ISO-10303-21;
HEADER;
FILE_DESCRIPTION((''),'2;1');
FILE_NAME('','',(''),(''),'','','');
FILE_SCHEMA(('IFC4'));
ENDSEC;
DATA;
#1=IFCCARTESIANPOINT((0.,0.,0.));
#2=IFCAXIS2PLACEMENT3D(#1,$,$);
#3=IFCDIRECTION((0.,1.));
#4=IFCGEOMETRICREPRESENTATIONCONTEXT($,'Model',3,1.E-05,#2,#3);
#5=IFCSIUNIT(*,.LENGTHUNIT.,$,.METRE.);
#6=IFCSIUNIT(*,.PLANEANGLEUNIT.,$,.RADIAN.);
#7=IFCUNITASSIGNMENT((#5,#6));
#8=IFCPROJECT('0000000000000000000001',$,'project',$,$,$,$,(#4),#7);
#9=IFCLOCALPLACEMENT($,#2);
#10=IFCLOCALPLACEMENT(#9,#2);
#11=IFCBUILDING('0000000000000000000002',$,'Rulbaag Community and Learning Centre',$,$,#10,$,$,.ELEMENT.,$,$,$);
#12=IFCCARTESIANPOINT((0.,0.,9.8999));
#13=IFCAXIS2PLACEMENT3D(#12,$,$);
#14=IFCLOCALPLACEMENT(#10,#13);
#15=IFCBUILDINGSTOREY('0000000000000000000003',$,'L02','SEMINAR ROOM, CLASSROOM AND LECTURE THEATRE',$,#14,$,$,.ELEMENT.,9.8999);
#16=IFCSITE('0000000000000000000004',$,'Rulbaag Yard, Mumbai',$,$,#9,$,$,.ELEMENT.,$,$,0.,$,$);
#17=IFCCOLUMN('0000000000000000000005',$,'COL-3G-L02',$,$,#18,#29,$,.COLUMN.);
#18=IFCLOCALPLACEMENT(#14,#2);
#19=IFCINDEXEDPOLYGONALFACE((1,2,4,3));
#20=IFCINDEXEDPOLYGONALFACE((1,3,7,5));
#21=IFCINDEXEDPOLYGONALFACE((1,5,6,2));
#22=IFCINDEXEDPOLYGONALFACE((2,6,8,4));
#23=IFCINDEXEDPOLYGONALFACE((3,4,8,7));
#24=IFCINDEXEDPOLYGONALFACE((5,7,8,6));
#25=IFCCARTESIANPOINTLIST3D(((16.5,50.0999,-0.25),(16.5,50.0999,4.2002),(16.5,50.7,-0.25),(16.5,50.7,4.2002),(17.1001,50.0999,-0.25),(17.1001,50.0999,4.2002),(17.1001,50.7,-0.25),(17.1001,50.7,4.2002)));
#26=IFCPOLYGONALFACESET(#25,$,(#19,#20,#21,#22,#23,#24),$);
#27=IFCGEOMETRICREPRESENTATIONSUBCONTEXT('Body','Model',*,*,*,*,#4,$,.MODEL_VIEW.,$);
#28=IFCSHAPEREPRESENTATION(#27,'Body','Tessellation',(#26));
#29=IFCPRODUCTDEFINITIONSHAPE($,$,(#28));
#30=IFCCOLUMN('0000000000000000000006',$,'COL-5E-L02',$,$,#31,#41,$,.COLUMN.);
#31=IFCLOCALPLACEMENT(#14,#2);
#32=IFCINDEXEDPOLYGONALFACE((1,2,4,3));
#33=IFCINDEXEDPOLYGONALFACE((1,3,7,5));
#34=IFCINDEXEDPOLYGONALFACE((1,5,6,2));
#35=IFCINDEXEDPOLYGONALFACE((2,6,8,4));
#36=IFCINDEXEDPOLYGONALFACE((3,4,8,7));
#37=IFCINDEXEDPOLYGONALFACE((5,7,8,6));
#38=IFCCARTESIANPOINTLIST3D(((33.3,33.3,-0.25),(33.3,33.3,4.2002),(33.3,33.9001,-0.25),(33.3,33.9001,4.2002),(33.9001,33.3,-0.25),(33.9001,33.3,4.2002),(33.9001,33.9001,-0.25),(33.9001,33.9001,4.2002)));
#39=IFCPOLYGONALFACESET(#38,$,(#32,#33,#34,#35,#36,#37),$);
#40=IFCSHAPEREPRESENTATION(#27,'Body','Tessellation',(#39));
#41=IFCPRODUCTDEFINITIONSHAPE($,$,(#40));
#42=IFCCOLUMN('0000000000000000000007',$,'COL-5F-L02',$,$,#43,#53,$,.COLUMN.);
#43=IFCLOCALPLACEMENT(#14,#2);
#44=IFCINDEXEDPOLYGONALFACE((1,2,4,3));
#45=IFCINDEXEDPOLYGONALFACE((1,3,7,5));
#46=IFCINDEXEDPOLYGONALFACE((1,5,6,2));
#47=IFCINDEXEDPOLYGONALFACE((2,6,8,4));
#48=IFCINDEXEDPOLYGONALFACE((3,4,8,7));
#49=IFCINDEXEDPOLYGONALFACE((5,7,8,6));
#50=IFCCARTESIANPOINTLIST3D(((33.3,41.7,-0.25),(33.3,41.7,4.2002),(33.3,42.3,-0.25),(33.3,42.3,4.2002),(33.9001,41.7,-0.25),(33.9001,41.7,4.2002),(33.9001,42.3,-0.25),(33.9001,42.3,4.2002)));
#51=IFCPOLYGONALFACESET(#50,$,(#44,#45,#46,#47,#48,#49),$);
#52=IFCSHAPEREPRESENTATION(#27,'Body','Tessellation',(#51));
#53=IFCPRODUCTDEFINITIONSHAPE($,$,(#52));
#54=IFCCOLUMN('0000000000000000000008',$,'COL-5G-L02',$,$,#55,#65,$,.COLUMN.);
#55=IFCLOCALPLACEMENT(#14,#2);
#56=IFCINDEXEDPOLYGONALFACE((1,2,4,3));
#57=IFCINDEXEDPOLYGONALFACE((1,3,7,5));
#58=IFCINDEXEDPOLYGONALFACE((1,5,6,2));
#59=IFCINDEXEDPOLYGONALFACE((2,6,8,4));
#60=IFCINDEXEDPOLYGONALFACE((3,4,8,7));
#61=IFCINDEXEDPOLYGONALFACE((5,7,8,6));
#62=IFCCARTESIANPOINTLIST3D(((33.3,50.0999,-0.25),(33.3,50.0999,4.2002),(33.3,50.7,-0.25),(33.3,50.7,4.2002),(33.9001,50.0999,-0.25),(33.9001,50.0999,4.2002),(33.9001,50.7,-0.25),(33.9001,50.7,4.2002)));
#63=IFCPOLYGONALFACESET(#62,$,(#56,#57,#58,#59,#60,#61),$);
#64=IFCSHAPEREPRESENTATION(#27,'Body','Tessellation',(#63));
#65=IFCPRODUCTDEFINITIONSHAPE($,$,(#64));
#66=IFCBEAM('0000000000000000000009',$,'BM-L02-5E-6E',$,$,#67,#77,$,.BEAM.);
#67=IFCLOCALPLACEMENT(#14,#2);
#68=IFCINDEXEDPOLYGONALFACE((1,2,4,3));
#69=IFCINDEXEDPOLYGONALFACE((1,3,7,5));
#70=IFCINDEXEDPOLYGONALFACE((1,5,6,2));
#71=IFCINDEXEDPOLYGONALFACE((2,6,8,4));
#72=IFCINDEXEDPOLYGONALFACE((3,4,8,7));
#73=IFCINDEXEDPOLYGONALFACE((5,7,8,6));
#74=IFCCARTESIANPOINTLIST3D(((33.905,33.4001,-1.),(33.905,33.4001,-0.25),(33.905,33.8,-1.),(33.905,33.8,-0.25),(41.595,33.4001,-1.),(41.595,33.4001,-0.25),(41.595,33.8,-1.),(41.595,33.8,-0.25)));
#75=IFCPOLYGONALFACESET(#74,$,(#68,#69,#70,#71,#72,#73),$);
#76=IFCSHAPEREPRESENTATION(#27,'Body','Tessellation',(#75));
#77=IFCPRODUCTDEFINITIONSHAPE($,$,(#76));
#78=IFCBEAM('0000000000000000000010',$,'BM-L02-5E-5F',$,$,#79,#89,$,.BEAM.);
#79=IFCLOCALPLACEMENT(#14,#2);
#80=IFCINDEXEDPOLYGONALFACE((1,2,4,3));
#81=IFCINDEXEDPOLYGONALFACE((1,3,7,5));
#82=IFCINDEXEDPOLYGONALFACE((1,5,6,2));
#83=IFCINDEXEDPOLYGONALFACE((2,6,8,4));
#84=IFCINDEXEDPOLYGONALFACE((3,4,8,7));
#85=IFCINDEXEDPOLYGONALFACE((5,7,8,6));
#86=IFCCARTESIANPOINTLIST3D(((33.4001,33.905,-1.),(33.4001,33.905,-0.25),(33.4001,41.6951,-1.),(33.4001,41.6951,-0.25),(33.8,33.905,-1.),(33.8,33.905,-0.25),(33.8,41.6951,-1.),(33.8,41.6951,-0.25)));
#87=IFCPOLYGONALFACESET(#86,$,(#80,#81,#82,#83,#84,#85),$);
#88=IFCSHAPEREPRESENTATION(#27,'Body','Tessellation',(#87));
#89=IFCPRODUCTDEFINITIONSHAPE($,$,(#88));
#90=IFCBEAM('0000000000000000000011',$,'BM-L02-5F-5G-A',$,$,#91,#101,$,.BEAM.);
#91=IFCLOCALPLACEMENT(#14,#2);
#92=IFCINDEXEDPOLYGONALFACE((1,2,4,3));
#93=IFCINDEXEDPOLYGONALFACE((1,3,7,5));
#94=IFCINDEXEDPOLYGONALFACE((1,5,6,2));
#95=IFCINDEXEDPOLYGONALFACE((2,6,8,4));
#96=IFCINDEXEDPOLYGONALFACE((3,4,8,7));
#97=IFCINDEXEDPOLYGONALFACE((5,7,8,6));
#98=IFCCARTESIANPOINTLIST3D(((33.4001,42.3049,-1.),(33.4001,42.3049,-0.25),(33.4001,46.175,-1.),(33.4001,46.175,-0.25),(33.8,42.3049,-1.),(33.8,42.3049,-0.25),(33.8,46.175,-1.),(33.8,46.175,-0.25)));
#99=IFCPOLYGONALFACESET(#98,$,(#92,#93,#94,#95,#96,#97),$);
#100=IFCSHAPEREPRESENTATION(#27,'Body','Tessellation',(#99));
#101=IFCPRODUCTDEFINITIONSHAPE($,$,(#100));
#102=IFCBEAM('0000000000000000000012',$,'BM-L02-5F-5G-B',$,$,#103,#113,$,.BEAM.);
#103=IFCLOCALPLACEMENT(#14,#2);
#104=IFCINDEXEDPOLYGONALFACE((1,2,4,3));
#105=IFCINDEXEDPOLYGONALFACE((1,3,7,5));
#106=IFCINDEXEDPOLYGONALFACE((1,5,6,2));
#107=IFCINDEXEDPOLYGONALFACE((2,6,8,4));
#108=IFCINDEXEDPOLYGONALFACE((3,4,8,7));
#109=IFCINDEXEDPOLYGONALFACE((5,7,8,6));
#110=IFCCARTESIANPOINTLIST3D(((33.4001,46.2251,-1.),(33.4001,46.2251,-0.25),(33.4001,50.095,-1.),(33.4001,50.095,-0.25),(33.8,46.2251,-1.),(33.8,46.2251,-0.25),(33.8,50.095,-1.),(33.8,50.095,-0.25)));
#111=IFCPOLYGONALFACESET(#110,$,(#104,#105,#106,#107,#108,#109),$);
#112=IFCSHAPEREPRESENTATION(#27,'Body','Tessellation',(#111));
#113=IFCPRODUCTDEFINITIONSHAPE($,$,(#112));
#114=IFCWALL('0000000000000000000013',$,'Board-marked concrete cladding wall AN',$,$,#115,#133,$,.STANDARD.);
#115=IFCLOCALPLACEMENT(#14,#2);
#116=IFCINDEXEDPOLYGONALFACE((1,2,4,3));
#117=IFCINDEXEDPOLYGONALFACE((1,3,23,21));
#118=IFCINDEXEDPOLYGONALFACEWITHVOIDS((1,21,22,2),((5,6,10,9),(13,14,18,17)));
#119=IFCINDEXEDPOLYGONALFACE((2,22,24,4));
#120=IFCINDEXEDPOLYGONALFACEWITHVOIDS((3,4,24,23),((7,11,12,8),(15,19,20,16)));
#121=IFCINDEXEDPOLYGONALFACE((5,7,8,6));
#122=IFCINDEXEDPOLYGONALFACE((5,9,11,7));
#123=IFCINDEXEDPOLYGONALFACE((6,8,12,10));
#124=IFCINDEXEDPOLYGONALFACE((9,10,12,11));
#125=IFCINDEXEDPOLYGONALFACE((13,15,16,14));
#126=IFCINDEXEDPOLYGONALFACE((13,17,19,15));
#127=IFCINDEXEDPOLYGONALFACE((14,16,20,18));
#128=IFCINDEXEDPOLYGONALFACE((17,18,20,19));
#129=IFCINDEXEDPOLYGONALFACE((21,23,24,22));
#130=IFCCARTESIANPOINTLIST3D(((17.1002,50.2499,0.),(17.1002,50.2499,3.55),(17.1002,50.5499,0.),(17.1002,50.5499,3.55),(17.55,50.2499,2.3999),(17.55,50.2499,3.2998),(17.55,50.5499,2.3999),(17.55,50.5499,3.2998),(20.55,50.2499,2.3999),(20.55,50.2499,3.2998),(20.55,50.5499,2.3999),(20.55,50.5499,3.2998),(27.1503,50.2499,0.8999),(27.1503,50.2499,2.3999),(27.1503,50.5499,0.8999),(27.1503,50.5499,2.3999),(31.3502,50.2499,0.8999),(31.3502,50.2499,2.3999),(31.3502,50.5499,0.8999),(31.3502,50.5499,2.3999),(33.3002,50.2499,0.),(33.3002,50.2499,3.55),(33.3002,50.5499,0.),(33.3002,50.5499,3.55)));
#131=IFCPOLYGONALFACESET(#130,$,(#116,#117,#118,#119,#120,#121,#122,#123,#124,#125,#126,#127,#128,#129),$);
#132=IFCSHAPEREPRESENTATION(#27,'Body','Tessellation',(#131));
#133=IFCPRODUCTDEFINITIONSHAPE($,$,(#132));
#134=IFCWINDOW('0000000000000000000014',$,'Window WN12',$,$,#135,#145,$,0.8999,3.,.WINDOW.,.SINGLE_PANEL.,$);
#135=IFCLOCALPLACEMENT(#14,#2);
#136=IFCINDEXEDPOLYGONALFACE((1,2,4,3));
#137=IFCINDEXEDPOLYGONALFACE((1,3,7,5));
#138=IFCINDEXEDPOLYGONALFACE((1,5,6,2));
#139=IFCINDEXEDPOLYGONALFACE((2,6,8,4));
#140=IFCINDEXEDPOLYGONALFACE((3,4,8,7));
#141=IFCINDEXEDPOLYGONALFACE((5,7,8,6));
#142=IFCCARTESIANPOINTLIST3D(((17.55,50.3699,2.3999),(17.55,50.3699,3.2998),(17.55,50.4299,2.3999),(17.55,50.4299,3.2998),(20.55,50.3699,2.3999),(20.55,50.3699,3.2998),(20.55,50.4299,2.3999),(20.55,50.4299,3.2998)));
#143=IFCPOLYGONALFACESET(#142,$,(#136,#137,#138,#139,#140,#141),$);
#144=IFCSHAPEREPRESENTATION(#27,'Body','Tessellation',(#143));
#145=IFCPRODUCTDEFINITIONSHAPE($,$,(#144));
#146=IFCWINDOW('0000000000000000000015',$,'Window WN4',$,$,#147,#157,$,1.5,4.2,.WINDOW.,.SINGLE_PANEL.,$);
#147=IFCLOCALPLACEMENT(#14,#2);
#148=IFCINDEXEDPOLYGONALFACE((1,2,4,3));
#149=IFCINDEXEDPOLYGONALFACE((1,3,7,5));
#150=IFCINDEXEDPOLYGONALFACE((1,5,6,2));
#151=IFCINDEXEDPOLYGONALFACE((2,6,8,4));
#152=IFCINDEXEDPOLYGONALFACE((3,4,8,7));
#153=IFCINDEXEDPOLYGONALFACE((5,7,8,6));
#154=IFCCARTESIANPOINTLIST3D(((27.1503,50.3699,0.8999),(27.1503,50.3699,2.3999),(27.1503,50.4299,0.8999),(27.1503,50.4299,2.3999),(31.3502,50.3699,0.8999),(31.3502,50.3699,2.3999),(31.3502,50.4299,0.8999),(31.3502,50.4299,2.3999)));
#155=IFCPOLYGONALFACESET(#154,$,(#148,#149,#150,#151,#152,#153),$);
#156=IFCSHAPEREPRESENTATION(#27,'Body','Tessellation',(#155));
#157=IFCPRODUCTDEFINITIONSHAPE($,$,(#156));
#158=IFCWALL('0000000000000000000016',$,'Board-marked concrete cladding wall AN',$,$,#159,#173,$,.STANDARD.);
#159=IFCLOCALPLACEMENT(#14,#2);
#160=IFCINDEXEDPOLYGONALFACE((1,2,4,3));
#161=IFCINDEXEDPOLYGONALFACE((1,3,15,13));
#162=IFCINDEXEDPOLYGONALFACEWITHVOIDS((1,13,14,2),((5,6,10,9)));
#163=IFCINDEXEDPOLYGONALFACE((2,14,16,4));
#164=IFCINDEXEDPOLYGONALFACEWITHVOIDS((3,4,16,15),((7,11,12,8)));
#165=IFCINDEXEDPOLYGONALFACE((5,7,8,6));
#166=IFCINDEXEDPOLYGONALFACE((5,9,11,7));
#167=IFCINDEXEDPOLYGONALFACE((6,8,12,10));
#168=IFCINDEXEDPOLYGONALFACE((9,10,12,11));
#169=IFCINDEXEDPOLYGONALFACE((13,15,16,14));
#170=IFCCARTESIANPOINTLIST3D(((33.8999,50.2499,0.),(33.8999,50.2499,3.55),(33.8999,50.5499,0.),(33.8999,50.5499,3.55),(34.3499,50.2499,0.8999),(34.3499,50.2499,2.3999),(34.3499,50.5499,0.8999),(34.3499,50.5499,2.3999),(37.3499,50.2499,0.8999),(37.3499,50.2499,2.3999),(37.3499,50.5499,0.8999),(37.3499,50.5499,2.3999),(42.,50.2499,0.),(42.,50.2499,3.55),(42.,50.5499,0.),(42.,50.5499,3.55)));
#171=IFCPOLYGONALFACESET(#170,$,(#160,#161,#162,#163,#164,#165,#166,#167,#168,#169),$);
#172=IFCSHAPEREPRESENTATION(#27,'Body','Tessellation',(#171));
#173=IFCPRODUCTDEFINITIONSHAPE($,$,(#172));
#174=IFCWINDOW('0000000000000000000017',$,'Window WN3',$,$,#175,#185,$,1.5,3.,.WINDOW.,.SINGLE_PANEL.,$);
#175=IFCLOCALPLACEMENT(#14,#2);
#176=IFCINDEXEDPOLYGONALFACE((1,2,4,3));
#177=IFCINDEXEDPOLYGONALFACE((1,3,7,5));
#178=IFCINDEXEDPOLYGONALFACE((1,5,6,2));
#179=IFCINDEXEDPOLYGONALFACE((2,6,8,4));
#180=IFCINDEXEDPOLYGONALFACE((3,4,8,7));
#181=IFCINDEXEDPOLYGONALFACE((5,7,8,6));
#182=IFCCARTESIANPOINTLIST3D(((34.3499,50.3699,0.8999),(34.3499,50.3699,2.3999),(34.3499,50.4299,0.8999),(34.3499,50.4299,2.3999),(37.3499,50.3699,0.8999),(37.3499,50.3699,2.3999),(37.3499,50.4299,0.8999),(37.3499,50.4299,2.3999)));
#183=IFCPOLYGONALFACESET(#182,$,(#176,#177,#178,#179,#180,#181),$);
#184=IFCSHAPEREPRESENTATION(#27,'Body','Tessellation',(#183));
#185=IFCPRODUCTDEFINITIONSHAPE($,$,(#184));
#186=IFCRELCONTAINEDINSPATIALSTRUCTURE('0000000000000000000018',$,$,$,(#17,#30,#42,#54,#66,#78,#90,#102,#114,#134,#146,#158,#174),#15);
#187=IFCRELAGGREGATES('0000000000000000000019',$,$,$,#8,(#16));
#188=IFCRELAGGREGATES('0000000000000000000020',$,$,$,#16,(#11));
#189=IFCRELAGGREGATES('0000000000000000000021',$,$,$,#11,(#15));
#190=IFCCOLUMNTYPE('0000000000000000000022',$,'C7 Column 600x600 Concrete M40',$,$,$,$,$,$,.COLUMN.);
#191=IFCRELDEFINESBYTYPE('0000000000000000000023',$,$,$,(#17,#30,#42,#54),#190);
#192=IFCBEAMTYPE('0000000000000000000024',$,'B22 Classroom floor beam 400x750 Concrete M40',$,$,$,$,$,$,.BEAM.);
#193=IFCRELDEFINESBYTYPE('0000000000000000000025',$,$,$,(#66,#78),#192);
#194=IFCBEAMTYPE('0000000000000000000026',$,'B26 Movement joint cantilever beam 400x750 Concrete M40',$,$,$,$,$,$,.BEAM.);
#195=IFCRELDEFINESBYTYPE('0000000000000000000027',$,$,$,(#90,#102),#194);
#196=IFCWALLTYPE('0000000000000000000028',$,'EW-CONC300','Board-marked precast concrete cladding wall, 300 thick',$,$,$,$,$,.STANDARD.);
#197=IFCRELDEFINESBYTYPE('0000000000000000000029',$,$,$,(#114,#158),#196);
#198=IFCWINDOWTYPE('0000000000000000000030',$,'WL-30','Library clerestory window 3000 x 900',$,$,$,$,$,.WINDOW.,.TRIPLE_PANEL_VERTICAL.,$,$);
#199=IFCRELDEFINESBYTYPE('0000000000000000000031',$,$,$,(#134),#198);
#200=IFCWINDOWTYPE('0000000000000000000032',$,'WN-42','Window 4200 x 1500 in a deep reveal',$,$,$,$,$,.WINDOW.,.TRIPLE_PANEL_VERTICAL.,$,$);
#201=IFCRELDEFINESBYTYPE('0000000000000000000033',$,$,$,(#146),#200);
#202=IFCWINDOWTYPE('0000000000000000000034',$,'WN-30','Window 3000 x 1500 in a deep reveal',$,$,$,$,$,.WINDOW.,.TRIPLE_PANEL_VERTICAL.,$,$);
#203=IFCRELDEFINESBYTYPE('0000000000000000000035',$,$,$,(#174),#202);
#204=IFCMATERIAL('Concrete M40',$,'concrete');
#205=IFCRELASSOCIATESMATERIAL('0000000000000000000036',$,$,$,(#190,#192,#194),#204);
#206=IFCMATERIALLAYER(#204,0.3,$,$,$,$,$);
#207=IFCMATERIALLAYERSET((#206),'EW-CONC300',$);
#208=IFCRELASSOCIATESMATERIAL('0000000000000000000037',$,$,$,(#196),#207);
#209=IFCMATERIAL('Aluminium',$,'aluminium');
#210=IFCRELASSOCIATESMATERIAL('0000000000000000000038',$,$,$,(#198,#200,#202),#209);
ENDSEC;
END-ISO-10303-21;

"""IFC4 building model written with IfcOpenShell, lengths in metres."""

from ifc_helpers import new_model, si_unit, direction, frame, frame_2d, origin, origin_2d, place, context, subcontext, project, spatial, rectangle, extrude, material, layer, layer_set, material_profile, profile_set, type_object, element, fill, save


model = new_model("IFC4")

# Units and contexts
model_context = context("Model", 3, precision=1e-05, world=origin(), true_north=direction((0.0, 1.0)))
body_context = subcontext(model_context, "Body", "Model", "MODEL_VIEW")
ifc_project = project(units=[si_unit("LENGTHUNIT", "METRE"), si_unit("PLANEANGLEUNIT", "RADIAN")], contexts=[model_context])

# Site, building, storey
site_placement = place(None, origin())
site = spatial("IfcSite", under=ifc_project, at=site_placement, Name="Rulbaag Yard, Mumbai", CompositionType="ELEMENT", RefElevation=0.0)
building_placement = place(site_placement, origin())
building = spatial("IfcBuilding", under=site, at=building_placement, Name="Rulbaag Community and Learning Centre", CompositionType="ELEMENT")
storey_placement = place(building_placement, frame((0.0, 0.0, 9.8999)))
storey = spatial("IfcBuildingStorey", under=building, at=storey_placement, Name="L02", Description="SEMINAR ROOM, CLASSROOM AND LECTURE THEATRE", CompositionType="ELEMENT", Elevation=9.8999)

# Columns
ifc_material_1 = material(Name="Concrete M40", Category="concrete")
ifc_material_profile_1 = material_profile(ifc_material_1, rectangle(XDim=0.6001, YDim=0.6001, at=origin_2d()), Name="RC600x600")
ifc_profile_set_1 = profile_set([ifc_material_profile_1], Name="Concrete M40")
column_type = type_object("IfcColumnType", Name="C7 Column 600x600 Concrete M40", PredefinedType="COLUMN", material=ifc_profile_set_1)
for number, where, z_axis, x_axis, name in (
    (1, (16.8, 50.3999, -0.25), (0.0, 0.0, 1.0), (1.0, 0.0, 0.0), "COL-3G-L02"),
    (2, (33.6001, 33.6001, -0.25), (0.0, 0.0, 1.0), (1.0, 0.0, 0.0), "COL-5E-L02"),
    (3, (33.6001, 42.0, -0.25), (0.0, 0.0, 1.0), (1.0, 0.0, 0.0), "COL-5F-L02"),
    (4, (33.6001, 50.3999, -0.25), (0.0, 0.0, 1.0), (1.0, 0.0, 0.0), "COL-5G-L02"),
):
    element("IfcColumn", number, at=place(storey_placement, frame(where, z_axis=z_axis, x_axis=x_axis)), inside=storey, type_object=column_type, Name=name, PredefinedType="COLUMN", context=body_context, shape_type="SweptSolid", body=[
        extrude(rectangle(XDim=0.6001, YDim=0.6001, at=origin_2d()), origin(), (0.0, 0.0, 1.0), 4.4502),
    ])

# Beams
ifc_material_profile_2 = material_profile(ifc_material_1, rectangle(XDim=0.3999, YDim=0.75, at=origin_2d()), Name="RB400x750")
ifc_profile_set_2 = profile_set([ifc_material_profile_2], Name="Concrete M40")
beam_type_1 = type_object("IfcBeamType", Name="B22 Classroom floor beam 400x750 Concrete M40", PredefinedType="BEAM", material=ifc_profile_set_2)
beam_1_placement = place(storey_placement, frame((33.905, 33.6001, -0.625), z_axis=(1.0, 0.0, 0.0), x_axis=(0.0, 1.0, 0.0)))
element("IfcBeam", 5, at=beam_1_placement, inside=storey, type_object=beam_type_1, Name="BM-L02-5E-6E", PredefinedType="BEAM", context=body_context, shape_type="SweptSolid", body=[
    extrude(rectangle(XDim=0.3999, YDim=0.75, at=origin_2d()), origin(), (0.0, 0.0, 1.0), 7.6899),
])
beam_2_placement = place(storey_placement, frame((33.6001, 33.905, -0.625), z_axis=(0.0, 1.0, 0.0), x_axis=(-1.0, 0.0, 0.0)))
element("IfcBeam", 6, at=beam_2_placement, inside=storey, type_object=beam_type_1, Name="BM-L02-5E-5F", PredefinedType="BEAM", context=body_context, shape_type="SweptSolid", body=[
    extrude(rectangle(XDim=0.3999, YDim=0.75, at=origin_2d()), origin(), (0.0, 0.0, 1.0), 7.79),
])
ifc_material_profile_3 = material_profile(ifc_material_1, rectangle(XDim=0.3999, YDim=0.75, at=origin_2d()), Name="RB400x750")
ifc_profile_set_3 = profile_set([ifc_material_profile_3], Name="Concrete M40")
beam_type_2 = type_object("IfcBeamType", Name="B26 Movement joint cantilever beam 400x750 Concrete M40", PredefinedType="BEAM", material=ifc_profile_set_3)
beam_3_placement = place(storey_placement, frame((33.6001, 42.3049, -0.625), z_axis=(0.0, 1.0, 0.0), x_axis=(-1.0, 0.0, 0.0)))
element("IfcBeam", 7, at=beam_3_placement, inside=storey, type_object=beam_type_2, Name="BM-L02-5F-5G-A", PredefinedType="BEAM", context=body_context, shape_type="SweptSolid", body=[
    extrude(rectangle(XDim=0.3999, YDim=0.75, at=origin_2d()), origin(), (0.0, 0.0, 1.0), 3.8701),
])
beam_4_placement = place(storey_placement, frame((33.6001, 46.2251, -0.625), z_axis=(0.0, 1.0, 0.0), x_axis=(-1.0, 0.0, 0.0)))
element("IfcBeam", 8, at=beam_4_placement, inside=storey, type_object=beam_type_2, Name="BM-L02-5F-5G-B", PredefinedType="BEAM", context=body_context, shape_type="SweptSolid", body=[
    extrude(rectangle(XDim=0.3999, YDim=0.75, at=origin_2d()), origin(), (0.0, 0.0, 1.0), 3.8699),
])

# Wall, openings, windows
ifc_layer_1 = layer(ifc_material_1, 0.3)
ifc_layer_set_1 = layer_set([ifc_layer_1], Name="EW-CONC300")
wall_type_1 = type_object("IfcWallType", Name="EW-CONC300", Description="Board-marked precast concrete cladding wall, 300 thick", PredefinedType="STANDARD", material=ifc_layer_set_1)
wall_1_placement = place(storey_placement, frame((17.1001, 50.3999, 0.0), z_axis=(0.0, 0.0, 1.0), x_axis=(1.0, 0.0, 0.0)))
wall_1 = element("IfcWall", 9, at=wall_1_placement, inside=storey, type_object=wall_type_1, Name="Board-marked concrete cladding wall AN", PredefinedType="STANDARD", context=body_context, shape_type="SweptSolid", body=[
    extrude(rectangle(XDim=16.2, YDim=0.3, at=frame_2d((8.1001, 0.0))), origin(), (0.0, 0.0, 1.0), 3.55),
])
opening_1_placement = place(wall_1_placement, frame((0.45, 0.0, 2.3999)))
opening_1 = element("IfcOpeningElement", 10, at=opening_1_placement, cuts=wall_1, PredefinedType="OPENING", context=body_context, shape_type="SweptSolid", body=[
    extrude(rectangle(XDim=3.0, YDim=0.8999, at=frame_2d((1.5, 0.45))), frame((0.0, 0.1599, 0.0), z_axis=(0.0, -1.0, 0.0), x_axis=(1.0, 0.0, 0.0)), (0.0, 0.0, 1.0), 0.3201),
])
opening_2_placement = place(wall_1_placement, frame((10.05, 0.0, 0.8999)))
opening_2 = element("IfcOpeningElement", 11, at=opening_2_placement, cuts=wall_1, PredefinedType="OPENING", context=body_context, shape_type="SweptSolid", body=[
    extrude(rectangle(XDim=4.2, YDim=1.5, at=frame_2d((2.1001, 0.75))), frame((0.0, 0.1599, 0.0), z_axis=(0.0, -1.0, 0.0), x_axis=(1.0, 0.0, 0.0)), (0.0, 0.0, 1.0), 0.3201),
])
ifc_material_2 = material(Name="Aluminium", Category="aluminium")
window_type_1 = type_object("IfcWindowType", Name="WL-30", Description="Library clerestory window 3000 x 900", PartitioningType="TRIPLE_PANEL_VERTICAL", PredefinedType="WINDOW", material=ifc_material_2)
window_1_placement = place(opening_1_placement, origin())
window_1 = element("IfcWindow", 12, at=window_1_placement, inside=storey, type_object=window_type_1, Name="Window WN12", OverallHeight=0.8999, OverallWidth=3.0, PartitioningType="SINGLE_PANEL", PredefinedType="WINDOW", context=body_context, shape_type="SweptSolid", body=[
    extrude(rectangle(XDim=3.0, YDim=0.8999, at=frame_2d((1.5, 0.45))), frame((0.0, 0.03, 0.0), z_axis=(0.0, -1.0, 0.0), x_axis=(1.0, 0.0, 0.0)), (0.0, 0.0, 1.0), 0.0601),
])
fill(opening_1, window_1)
window_type_2 = type_object("IfcWindowType", Name="WN-42", Description="Window 4200 x 1500 in a deep reveal", PartitioningType="TRIPLE_PANEL_VERTICAL", PredefinedType="WINDOW", material=ifc_material_2)
window_2_placement = place(opening_2_placement, origin())
window_2 = element("IfcWindow", 13, at=window_2_placement, inside=storey, type_object=window_type_2, Name="Window WN4", OverallHeight=1.5, OverallWidth=4.2, PartitioningType="SINGLE_PANEL", PredefinedType="WINDOW", context=body_context, shape_type="SweptSolid", body=[
    extrude(rectangle(XDim=4.2, YDim=1.5, at=frame_2d((2.1001, 0.75))), frame((0.0, 0.03, 0.0), z_axis=(0.0, -1.0, 0.0), x_axis=(1.0, 0.0, 0.0)), (0.0, 0.0, 1.0), 0.0601),
])
fill(opening_2, window_2)

# Wall, opening, window
wall_2_placement = place(storey_placement, frame((33.8999, 50.3999, 0.0), z_axis=(0.0, 0.0, 1.0), x_axis=(1.0, 0.0, 0.0)))
wall_2 = element("IfcWall", 14, at=wall_2_placement, inside=storey, type_object=wall_type_1, Name="Board-marked concrete cladding wall AN", PredefinedType="STANDARD", context=body_context, shape_type="SweptSolid", body=[
    extrude(rectangle(XDim=8.1001, YDim=0.3, at=frame_2d((4.05, 0.0))), origin(), (0.0, 0.0, 1.0), 3.55),
])
opening_3_placement = place(wall_2_placement, frame((0.45, 0.0, 0.8999)))
opening_3 = element("IfcOpeningElement", 15, at=opening_3_placement, cuts=wall_2, PredefinedType="OPENING", context=body_context, shape_type="SweptSolid", body=[
    extrude(rectangle(XDim=3.0, YDim=1.5, at=frame_2d((1.5, 0.75))), frame((0.0, 0.1599, 0.0), z_axis=(0.0, -1.0, 0.0), x_axis=(1.0, 0.0, 0.0)), (0.0, 0.0, 1.0), 0.3201),
])
window_type_3 = type_object("IfcWindowType", Name="WN-30", Description="Window 3000 x 1500 in a deep reveal", PartitioningType="TRIPLE_PANEL_VERTICAL", PredefinedType="WINDOW", material=ifc_material_2)
window_3_placement = place(opening_3_placement, origin())
window_3 = element("IfcWindow", 16, at=window_3_placement, inside=storey, type_object=window_type_3, Name="Window WN3", OverallHeight=1.5, OverallWidth=3.0, PartitioningType="SINGLE_PANEL", PredefinedType="WINDOW", context=body_context, shape_type="SweptSolid", body=[
    extrude(rectangle(XDim=3.0, YDim=1.5, at=frame_2d((1.5, 0.75))), frame((0.0, 0.03, 0.0), z_axis=(0.0, -1.0, 0.0), x_axis=(1.0, 0.0, 0.0)), (0.0, 0.0, 1.0), 0.0601),
])
fill(opening_3, window_3)

save(model, "model.ifc")
